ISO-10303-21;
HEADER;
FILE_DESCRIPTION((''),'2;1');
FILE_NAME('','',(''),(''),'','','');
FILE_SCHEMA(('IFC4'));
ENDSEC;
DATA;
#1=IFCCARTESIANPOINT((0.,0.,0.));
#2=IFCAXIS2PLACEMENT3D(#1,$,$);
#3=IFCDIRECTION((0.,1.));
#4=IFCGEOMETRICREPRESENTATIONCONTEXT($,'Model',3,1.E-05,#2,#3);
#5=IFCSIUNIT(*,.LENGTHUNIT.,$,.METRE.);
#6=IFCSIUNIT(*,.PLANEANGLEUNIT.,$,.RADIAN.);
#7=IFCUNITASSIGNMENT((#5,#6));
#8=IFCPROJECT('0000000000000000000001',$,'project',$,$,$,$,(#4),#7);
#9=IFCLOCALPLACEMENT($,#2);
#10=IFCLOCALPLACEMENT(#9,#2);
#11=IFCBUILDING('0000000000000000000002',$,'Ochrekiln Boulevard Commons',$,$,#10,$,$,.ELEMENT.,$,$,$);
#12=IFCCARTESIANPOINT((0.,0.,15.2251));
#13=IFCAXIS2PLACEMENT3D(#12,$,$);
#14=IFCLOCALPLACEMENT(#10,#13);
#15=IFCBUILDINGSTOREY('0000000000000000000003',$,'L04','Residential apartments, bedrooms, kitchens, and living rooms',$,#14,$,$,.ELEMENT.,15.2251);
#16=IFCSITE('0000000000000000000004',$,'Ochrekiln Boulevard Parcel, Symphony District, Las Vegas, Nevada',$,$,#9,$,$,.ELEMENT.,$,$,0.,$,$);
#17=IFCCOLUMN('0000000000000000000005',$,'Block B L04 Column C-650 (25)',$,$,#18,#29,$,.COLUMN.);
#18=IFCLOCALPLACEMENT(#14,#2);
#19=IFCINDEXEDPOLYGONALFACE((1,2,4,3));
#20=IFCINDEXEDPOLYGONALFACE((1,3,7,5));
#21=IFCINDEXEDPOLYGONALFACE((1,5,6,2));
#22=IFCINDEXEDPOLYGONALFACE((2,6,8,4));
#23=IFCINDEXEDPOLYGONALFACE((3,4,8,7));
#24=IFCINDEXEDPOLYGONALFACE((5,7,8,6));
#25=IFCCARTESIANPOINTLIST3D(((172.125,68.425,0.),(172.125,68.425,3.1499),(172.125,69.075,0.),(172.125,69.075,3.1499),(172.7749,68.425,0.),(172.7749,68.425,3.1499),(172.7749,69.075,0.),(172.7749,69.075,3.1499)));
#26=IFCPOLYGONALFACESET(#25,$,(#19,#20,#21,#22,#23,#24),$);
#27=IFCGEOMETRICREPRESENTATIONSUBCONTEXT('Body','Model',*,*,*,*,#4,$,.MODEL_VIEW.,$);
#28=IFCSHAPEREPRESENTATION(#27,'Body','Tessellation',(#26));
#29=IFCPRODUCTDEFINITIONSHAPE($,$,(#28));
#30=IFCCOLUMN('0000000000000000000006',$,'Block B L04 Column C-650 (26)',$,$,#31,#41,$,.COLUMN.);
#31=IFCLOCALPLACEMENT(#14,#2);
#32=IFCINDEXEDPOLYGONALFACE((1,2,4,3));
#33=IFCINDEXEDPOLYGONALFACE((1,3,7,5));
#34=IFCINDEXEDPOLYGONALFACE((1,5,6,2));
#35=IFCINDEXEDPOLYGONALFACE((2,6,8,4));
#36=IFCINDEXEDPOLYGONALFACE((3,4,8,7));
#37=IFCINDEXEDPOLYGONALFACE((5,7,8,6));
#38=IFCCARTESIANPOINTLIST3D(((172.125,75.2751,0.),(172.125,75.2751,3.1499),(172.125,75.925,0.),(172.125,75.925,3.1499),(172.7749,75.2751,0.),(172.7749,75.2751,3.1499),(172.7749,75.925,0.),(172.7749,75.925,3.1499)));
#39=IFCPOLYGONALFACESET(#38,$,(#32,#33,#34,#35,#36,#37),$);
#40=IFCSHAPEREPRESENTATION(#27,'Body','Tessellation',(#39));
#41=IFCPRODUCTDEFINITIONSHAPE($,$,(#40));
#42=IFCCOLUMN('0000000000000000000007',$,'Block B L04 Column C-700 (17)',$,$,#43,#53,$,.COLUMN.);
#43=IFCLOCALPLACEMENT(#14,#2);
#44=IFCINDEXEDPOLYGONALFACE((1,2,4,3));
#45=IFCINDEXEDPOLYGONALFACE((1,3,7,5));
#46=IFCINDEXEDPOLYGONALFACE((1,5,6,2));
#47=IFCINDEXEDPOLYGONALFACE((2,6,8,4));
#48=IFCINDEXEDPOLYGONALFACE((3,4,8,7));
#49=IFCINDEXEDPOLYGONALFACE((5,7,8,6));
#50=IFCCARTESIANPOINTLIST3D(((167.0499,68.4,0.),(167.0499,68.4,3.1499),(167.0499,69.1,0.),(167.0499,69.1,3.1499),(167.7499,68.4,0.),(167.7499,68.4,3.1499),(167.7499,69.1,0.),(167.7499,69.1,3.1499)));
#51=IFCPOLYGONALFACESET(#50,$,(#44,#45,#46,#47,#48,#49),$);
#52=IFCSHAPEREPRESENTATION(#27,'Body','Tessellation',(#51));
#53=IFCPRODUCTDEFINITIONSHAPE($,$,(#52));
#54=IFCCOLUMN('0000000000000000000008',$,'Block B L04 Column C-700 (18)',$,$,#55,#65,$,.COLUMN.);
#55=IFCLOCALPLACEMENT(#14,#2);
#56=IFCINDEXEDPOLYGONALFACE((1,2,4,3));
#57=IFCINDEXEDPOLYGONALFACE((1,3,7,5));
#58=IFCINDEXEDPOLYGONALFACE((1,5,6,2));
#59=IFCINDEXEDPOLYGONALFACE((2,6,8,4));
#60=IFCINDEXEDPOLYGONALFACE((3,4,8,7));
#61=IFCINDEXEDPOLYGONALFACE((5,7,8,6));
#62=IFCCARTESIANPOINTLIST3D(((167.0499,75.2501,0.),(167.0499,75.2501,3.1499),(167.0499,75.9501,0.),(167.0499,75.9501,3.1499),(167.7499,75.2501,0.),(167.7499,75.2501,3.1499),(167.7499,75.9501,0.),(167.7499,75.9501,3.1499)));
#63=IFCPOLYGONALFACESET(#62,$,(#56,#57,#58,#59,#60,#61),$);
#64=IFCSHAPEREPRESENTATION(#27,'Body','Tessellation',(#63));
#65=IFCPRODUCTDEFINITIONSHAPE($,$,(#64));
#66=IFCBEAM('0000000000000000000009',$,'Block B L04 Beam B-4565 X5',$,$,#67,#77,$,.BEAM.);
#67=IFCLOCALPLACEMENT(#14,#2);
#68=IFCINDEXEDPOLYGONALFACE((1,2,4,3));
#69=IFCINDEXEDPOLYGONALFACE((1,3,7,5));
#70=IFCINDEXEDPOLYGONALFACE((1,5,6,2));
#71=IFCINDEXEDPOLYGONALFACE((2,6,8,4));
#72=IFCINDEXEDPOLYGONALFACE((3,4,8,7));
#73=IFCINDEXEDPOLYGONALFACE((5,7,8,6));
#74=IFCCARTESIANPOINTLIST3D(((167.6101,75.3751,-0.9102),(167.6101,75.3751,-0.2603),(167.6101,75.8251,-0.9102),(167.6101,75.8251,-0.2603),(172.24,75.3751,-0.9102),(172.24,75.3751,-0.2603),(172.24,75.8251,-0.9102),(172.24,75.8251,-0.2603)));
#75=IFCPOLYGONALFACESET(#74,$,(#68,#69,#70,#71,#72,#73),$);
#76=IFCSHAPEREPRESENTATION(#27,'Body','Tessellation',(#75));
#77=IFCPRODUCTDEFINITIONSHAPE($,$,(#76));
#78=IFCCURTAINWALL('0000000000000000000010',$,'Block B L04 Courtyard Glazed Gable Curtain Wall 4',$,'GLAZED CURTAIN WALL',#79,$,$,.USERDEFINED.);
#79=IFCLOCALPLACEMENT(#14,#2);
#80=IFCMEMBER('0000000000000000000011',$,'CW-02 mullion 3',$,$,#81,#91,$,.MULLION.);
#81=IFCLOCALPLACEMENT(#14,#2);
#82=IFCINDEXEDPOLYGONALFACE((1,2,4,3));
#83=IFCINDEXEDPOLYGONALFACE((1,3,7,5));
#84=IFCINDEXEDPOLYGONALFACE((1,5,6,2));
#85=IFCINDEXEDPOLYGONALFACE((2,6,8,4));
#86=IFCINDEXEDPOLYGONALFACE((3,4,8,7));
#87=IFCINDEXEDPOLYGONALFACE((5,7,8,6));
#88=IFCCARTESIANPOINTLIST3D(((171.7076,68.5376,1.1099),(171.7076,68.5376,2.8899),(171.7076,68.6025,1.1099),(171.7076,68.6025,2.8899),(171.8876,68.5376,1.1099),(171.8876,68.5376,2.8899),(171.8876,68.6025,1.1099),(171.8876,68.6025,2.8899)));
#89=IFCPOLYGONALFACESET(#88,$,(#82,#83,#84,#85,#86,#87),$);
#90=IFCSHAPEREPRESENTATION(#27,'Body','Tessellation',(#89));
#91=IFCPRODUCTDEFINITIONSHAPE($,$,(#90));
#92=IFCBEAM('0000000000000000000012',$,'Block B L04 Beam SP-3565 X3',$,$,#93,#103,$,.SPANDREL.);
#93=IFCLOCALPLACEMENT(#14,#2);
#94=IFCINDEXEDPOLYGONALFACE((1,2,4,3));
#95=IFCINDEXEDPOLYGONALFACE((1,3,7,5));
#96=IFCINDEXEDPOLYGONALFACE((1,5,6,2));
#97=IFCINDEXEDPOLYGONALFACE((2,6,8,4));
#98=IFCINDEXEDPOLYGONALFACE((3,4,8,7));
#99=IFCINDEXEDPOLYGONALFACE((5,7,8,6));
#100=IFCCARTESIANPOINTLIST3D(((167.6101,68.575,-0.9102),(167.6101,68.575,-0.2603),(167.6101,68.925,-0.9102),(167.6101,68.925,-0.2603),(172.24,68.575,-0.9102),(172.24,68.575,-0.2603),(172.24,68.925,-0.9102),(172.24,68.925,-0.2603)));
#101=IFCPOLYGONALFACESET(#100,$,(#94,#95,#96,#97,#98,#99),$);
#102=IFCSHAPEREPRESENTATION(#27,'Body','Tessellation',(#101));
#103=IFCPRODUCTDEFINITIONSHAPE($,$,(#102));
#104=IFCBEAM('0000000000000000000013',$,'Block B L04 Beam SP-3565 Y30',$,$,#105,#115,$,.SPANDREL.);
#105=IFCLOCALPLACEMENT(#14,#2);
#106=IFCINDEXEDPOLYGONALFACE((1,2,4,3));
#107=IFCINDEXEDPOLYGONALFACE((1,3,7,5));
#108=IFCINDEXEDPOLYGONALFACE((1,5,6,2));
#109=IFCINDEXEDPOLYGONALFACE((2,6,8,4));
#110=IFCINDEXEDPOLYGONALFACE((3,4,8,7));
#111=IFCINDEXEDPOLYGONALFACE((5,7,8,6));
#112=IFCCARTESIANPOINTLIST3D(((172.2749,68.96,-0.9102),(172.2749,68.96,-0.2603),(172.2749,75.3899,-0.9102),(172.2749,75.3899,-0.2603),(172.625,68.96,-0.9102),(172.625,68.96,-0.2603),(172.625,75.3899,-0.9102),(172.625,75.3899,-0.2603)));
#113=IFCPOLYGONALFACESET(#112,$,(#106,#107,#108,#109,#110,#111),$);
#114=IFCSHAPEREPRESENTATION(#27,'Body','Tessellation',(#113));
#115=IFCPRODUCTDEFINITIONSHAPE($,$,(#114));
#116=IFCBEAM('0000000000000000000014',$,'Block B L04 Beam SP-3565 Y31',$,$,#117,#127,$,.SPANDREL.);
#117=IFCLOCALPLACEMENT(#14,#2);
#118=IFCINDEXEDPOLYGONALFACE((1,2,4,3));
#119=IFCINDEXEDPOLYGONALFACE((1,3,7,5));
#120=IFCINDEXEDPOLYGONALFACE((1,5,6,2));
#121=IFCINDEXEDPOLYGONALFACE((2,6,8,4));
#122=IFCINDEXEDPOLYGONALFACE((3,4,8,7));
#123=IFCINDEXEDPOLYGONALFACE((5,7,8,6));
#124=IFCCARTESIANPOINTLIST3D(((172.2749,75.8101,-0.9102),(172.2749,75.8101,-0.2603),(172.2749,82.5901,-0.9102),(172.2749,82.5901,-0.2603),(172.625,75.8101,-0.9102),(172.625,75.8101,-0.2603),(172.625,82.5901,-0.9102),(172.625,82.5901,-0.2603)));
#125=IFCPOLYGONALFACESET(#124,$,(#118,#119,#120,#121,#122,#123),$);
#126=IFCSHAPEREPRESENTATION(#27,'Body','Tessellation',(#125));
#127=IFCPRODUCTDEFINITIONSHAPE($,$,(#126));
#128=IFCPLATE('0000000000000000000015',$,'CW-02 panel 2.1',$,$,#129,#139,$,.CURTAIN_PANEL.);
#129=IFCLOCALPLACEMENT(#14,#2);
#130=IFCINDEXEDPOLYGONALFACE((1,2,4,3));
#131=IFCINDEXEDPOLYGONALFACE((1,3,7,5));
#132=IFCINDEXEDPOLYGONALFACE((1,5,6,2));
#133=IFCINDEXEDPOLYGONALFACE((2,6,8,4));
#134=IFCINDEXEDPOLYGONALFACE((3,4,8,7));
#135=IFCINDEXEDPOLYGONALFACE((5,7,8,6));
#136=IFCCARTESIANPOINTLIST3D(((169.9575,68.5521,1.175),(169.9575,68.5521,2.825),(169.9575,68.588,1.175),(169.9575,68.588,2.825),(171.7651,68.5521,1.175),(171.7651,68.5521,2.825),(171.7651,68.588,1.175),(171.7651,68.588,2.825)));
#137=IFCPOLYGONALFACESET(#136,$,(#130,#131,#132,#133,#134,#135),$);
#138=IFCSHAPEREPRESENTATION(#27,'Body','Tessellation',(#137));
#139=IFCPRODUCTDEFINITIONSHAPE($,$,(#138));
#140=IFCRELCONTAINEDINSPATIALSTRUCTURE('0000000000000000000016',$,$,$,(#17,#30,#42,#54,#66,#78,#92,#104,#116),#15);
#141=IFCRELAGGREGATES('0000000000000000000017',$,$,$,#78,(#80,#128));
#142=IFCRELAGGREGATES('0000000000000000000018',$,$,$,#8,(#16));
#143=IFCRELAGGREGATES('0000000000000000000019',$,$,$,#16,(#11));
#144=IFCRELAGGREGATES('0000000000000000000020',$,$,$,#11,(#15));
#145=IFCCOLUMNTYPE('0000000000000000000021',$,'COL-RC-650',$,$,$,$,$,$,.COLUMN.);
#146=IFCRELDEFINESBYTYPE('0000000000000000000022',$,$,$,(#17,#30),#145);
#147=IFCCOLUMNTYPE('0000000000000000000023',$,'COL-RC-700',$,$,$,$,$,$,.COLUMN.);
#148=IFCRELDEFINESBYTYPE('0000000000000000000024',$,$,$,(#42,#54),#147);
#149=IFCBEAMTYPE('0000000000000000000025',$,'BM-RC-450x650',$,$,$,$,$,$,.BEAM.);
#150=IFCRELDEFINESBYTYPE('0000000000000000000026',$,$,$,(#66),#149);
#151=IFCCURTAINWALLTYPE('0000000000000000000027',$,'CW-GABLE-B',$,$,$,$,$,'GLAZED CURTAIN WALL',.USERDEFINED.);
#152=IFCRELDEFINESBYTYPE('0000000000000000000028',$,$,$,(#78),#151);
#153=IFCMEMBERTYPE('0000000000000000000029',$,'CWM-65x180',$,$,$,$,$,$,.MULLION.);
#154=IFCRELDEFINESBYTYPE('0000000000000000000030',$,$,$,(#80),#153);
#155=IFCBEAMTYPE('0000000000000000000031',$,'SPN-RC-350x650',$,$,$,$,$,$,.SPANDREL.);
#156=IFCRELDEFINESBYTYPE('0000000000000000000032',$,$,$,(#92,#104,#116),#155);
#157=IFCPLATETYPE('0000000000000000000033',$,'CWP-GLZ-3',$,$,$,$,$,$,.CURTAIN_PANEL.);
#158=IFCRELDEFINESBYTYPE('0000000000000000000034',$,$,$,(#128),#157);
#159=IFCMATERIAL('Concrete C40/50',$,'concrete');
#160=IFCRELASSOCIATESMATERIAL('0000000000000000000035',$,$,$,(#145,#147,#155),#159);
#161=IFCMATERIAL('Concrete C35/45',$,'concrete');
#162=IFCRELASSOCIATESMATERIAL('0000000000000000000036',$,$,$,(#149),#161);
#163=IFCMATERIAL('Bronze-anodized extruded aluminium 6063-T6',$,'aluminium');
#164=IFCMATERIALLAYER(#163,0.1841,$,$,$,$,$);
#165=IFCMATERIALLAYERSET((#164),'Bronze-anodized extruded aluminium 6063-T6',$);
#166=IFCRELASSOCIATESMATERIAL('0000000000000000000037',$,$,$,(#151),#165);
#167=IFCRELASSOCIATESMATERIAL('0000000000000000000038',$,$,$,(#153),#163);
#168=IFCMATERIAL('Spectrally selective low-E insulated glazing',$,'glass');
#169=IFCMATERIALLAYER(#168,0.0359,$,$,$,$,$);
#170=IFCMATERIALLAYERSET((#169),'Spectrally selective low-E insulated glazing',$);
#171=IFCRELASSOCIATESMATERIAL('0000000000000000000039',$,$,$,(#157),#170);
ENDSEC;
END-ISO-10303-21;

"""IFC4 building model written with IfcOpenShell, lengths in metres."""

from ifc_helpers import new_model, si_unit, direction, frame, origin, origin_2d, place, context, subcontext, project, spatial, rectangle, extrude, material, layer, layer_set, material_profile, profile_set, type_object, element, aggregate, save


model = new_model("IFC4")

# Units and contexts
model_context = context("Model", 3, precision=1e-05, world=origin(), true_north=direction((0.0, 1.0)))
body_context = subcontext(model_context, "Body", "Model", "MODEL_VIEW")
ifc_project = project(units=[si_unit("LENGTHUNIT", "METRE"), si_unit("PLANEANGLEUNIT", "RADIAN")], contexts=[model_context])

# Site, building, storey
site_placement = place(None, origin())
site = spatial("IfcSite", under=ifc_project, at=site_placement, Name="Ochrekiln Boulevard Parcel, Symphony District, Las Vegas, Nevada", CompositionType="ELEMENT", RefElevation=0.0)
building_placement = place(site_placement, origin())
building = spatial("IfcBuilding", under=site, at=building_placement, Name="Ochrekiln Boulevard Commons", CompositionType="ELEMENT")
storey_placement = place(building_placement, frame((0.0, 0.0, 15.2251)))
storey = spatial("IfcBuildingStorey", under=building, at=storey_placement, Name="L04", Description="Residential apartments, bedrooms, kitchens, and living rooms", CompositionType="ELEMENT", Elevation=15.2251)

# Columns
ifc_material_1 = material(Name="Concrete C40/50", Category="concrete")
ifc_material_profile_1 = material_profile(ifc_material_1, rectangle(XDim=0.6499, YDim=0.6499, at=origin_2d()), Name="RC-COL-650x650")
ifc_profile_set_1 = profile_set([ifc_material_profile_1], Name="Concrete C40/50")
column_type_1 = type_object("IfcColumnType", Name="COL-RC-650", PredefinedType="COLUMN", material=ifc_profile_set_1)
for number, where, z_axis, x_axis, name in (
    (1, (172.45, 68.75, 0.0), (0.0, 0.0, 1.0), (1.0, 0.0, 0.0), "Block B L04 Column C-650 (25)"),
    (2, (172.45, 75.6001, 0.0), (0.0, 0.0, 1.0), (1.0, 0.0, 0.0), "Block B L04 Column C-650 (26)"),
):
    element("IfcColumn", number, at=place(storey_placement, frame(where, z_axis=z_axis, x_axis=x_axis)), inside=storey, type_object=column_type_1, Name=name, PredefinedType="COLUMN", context=body_context, shape_type="SweptSolid", body=[
        extrude(rectangle(XDim=0.6499, YDim=0.6499, at=origin_2d()), origin(), (0.0, 0.0, 1.0), 3.1499),
    ])
ifc_material_profile_2 = material_profile(ifc_material_1, rectangle(XDim=0.7, YDim=0.7, at=origin_2d()), Name="RC-COL-700x700")
ifc_profile_set_2 = profile_set([ifc_material_profile_2], Name="Concrete C40/50")
column_type_2 = type_object("IfcColumnType", Name="COL-RC-700", PredefinedType="COLUMN", material=ifc_profile_set_2)
for number, where, z_axis, x_axis, name in (
    (3, (167.3999, 68.75, 0.0), (0.0, 0.0, 1.0), (1.0, 0.0, 0.0), "Block B L04 Column C-700 (17)"),
    (4, (167.3999, 75.6001, 0.0), (0.0, 0.0, 1.0), (1.0, 0.0, 0.0), "Block B L04 Column C-700 (18)"),
):
    element("IfcColumn", number, at=place(storey_placement, frame(where, z_axis=z_axis, x_axis=x_axis)), inside=storey, type_object=column_type_2, Name=name, PredefinedType="COLUMN", context=body_context, shape_type="SweptSolid", body=[
        extrude(rectangle(XDim=0.7, YDim=0.7, at=origin_2d()), origin(), (0.0, 0.0, 1.0), 3.1499),
    ])

# Beam
ifc_material_2 = material(Name="Concrete C35/45", Category="concrete")
ifc_material_profile_3 = material_profile(ifc_material_2, rectangle(XDim=0.45, YDim=0.6499, at=origin_2d()), Name="RC-BM-450x650")
ifc_profile_set_3 = profile_set([ifc_material_profile_3], Name="Concrete C35/45")
beam_type_1 = type_object("IfcBeamType", Name="BM-RC-450x650", PredefinedType="BEAM", material=ifc_profile_set_3)
beam_1_placement = place(storey_placement, frame((167.6101, 75.6001, -0.5852), z_axis=(1.0, 0.0, 0.0), x_axis=(0.0, 1.0, 0.0)))
element("IfcBeam", 5, at=beam_1_placement, inside=storey, type_object=beam_type_1, Name="Block B L04 Beam B-4565 X5", PredefinedType="BEAM", context=body_context, shape_type="SweptSolid", body=[
    extrude(rectangle(XDim=0.45, YDim=0.6499, at=origin_2d()), origin(), (0.0, 0.0, 1.0), 4.6299),
])

# Curtain wall, member
ifc_material_3 = material(Name="Bronze-anodized extruded aluminium 6063-T6", Category="aluminium")
ifc_layer_1 = layer(ifc_material_3, 0.1841)
ifc_layer_set_1 = layer_set([ifc_layer_1], Name="Bronze-anodized extruded aluminium 6063-T6")
curtain_wall_type = type_object("IfcCurtainWallType", Name="CW-GABLE-B", ElementType="GLAZED CURTAIN WALL", PredefinedType="USERDEFINED", material=ifc_layer_set_1)
curtain_wall_placement = place(storey_placement, origin())
curtain_wall = element("IfcCurtainWall", 6, at=curtain_wall_placement, inside=storey, type_object=curtain_wall_type, Name="Block B L04 Courtyard Glazed Gable Curtain Wall 4", ObjectType="GLAZED CURTAIN WALL", PredefinedType="USERDEFINED")
ifc_material_profile_4 = material_profile(ifc_material_3, rectangle(XDim=0.0649, YDim=0.1799, at=origin_2d()), Name="ALU-MUL-65x180")
ifc_profile_set_4 = profile_set([ifc_material_profile_4], Name="Bronze-anodized extruded aluminium 6063-T6")
member_type = type_object("IfcMemberType", Name="CWM-65x180", PredefinedType="MULLION", material=ifc_profile_set_4)
member_placement = place(storey_placement, frame((171.7976, 68.5701, 1.1099), z_axis=(0.0, 0.0, 1.0), x_axis=(0.0, 1.0, 0.0)))
member = element("IfcMember", 7, at=member_placement, type_object=member_type, Name="CW-02 mullion 3", PredefinedType="MULLION", context=body_context, shape_type="SweptSolid", body=[
    extrude(rectangle(XDim=0.0649, YDim=0.1799, at=origin_2d()), origin(), (0.0, 0.0, 1.0), 1.78),
])

# Beams
ifc_material_profile_5 = material_profile(ifc_material_1, rectangle(XDim=0.3501, YDim=0.6499, at=origin_2d()), Name="RC-SPN-350x650")
ifc_profile_set_5 = profile_set([ifc_material_profile_5], Name="Concrete C40/50")
beam_type_2 = type_object("IfcBeamType", Name="SPN-RC-350x650", PredefinedType="SPANDREL", material=ifc_profile_set_5)
beam_2_placement = place(storey_placement, frame((167.6101, 68.75, -0.5852), z_axis=(1.0, 0.0, 0.0), x_axis=(0.0, 1.0, 0.0)))
element("IfcBeam", 8, at=beam_2_placement, inside=storey, type_object=beam_type_2, Name="Block B L04 Beam SP-3565 X3", PredefinedType="SPANDREL", context=body_context, shape_type="SweptSolid", body=[
    extrude(rectangle(XDim=0.3501, YDim=0.6499, at=origin_2d()), origin(), (0.0, 0.0, 1.0), 4.6299),
])
beam_3_placement = place(storey_placement, frame((172.45, 68.96, -0.5852), z_axis=(0.0, 1.0, 0.0), x_axis=(-1.0, 0.0, 0.0)))
element("IfcBeam", 9, at=beam_3_placement, inside=storey, type_object=beam_type_2, Name="Block B L04 Beam SP-3565 Y30", PredefinedType="SPANDREL", context=body_context, shape_type="SweptSolid", body=[
    extrude(rectangle(XDim=0.3501, YDim=0.6499, at=origin_2d()), origin(), (0.0, 0.0, 1.0), 6.4299),
])
beam_4_placement = place(storey_placement, frame((172.45, 75.8101, -0.5852), z_axis=(0.0, 1.0, 0.0), x_axis=(-1.0, 0.0, 0.0)))
element("IfcBeam", 10, at=beam_4_placement, inside=storey, type_object=beam_type_2, Name="Block B L04 Beam SP-3565 Y31", PredefinedType="SPANDREL", context=body_context, shape_type="SweptSolid", body=[
    extrude(rectangle(XDim=0.3501, YDim=0.6499, at=origin_2d()), origin(), (0.0, 0.0, 1.0), 6.78),
])

# Plate
ifc_material_4 = material(Name="Spectrally selective low-E insulated glazing", Category="glass")
ifc_layer_2 = layer(ifc_material_4, 0.0359)
ifc_layer_set_2 = layer_set([ifc_layer_2], Name="Spectrally selective low-E insulated glazing")
plate_type = type_object("IfcPlateType", Name="CWP-GLZ-3", PredefinedType="CURTAIN_PANEL", material=ifc_layer_set_2)
plate_placement = place(storey_placement, frame((170.8613, 68.5701, 1.175), z_axis=(0.0, 0.0, 1.0), x_axis=(1.0, 0.0, 0.0)))
plate = element("IfcPlate", 11, at=plate_placement, type_object=plate_type, Name="CW-02 panel 2.1", PredefinedType="CURTAIN_PANEL", context=body_context, shape_type="SweptSolid", body=[
    extrude(rectangle(XDim=1.8076, YDim=0.0359, at=origin_2d()), origin(), (0.0, 0.0, 1.0), 1.6499),
])
aggregate(curtain_wall, [member, plate])

save(model, "model.ifc")
